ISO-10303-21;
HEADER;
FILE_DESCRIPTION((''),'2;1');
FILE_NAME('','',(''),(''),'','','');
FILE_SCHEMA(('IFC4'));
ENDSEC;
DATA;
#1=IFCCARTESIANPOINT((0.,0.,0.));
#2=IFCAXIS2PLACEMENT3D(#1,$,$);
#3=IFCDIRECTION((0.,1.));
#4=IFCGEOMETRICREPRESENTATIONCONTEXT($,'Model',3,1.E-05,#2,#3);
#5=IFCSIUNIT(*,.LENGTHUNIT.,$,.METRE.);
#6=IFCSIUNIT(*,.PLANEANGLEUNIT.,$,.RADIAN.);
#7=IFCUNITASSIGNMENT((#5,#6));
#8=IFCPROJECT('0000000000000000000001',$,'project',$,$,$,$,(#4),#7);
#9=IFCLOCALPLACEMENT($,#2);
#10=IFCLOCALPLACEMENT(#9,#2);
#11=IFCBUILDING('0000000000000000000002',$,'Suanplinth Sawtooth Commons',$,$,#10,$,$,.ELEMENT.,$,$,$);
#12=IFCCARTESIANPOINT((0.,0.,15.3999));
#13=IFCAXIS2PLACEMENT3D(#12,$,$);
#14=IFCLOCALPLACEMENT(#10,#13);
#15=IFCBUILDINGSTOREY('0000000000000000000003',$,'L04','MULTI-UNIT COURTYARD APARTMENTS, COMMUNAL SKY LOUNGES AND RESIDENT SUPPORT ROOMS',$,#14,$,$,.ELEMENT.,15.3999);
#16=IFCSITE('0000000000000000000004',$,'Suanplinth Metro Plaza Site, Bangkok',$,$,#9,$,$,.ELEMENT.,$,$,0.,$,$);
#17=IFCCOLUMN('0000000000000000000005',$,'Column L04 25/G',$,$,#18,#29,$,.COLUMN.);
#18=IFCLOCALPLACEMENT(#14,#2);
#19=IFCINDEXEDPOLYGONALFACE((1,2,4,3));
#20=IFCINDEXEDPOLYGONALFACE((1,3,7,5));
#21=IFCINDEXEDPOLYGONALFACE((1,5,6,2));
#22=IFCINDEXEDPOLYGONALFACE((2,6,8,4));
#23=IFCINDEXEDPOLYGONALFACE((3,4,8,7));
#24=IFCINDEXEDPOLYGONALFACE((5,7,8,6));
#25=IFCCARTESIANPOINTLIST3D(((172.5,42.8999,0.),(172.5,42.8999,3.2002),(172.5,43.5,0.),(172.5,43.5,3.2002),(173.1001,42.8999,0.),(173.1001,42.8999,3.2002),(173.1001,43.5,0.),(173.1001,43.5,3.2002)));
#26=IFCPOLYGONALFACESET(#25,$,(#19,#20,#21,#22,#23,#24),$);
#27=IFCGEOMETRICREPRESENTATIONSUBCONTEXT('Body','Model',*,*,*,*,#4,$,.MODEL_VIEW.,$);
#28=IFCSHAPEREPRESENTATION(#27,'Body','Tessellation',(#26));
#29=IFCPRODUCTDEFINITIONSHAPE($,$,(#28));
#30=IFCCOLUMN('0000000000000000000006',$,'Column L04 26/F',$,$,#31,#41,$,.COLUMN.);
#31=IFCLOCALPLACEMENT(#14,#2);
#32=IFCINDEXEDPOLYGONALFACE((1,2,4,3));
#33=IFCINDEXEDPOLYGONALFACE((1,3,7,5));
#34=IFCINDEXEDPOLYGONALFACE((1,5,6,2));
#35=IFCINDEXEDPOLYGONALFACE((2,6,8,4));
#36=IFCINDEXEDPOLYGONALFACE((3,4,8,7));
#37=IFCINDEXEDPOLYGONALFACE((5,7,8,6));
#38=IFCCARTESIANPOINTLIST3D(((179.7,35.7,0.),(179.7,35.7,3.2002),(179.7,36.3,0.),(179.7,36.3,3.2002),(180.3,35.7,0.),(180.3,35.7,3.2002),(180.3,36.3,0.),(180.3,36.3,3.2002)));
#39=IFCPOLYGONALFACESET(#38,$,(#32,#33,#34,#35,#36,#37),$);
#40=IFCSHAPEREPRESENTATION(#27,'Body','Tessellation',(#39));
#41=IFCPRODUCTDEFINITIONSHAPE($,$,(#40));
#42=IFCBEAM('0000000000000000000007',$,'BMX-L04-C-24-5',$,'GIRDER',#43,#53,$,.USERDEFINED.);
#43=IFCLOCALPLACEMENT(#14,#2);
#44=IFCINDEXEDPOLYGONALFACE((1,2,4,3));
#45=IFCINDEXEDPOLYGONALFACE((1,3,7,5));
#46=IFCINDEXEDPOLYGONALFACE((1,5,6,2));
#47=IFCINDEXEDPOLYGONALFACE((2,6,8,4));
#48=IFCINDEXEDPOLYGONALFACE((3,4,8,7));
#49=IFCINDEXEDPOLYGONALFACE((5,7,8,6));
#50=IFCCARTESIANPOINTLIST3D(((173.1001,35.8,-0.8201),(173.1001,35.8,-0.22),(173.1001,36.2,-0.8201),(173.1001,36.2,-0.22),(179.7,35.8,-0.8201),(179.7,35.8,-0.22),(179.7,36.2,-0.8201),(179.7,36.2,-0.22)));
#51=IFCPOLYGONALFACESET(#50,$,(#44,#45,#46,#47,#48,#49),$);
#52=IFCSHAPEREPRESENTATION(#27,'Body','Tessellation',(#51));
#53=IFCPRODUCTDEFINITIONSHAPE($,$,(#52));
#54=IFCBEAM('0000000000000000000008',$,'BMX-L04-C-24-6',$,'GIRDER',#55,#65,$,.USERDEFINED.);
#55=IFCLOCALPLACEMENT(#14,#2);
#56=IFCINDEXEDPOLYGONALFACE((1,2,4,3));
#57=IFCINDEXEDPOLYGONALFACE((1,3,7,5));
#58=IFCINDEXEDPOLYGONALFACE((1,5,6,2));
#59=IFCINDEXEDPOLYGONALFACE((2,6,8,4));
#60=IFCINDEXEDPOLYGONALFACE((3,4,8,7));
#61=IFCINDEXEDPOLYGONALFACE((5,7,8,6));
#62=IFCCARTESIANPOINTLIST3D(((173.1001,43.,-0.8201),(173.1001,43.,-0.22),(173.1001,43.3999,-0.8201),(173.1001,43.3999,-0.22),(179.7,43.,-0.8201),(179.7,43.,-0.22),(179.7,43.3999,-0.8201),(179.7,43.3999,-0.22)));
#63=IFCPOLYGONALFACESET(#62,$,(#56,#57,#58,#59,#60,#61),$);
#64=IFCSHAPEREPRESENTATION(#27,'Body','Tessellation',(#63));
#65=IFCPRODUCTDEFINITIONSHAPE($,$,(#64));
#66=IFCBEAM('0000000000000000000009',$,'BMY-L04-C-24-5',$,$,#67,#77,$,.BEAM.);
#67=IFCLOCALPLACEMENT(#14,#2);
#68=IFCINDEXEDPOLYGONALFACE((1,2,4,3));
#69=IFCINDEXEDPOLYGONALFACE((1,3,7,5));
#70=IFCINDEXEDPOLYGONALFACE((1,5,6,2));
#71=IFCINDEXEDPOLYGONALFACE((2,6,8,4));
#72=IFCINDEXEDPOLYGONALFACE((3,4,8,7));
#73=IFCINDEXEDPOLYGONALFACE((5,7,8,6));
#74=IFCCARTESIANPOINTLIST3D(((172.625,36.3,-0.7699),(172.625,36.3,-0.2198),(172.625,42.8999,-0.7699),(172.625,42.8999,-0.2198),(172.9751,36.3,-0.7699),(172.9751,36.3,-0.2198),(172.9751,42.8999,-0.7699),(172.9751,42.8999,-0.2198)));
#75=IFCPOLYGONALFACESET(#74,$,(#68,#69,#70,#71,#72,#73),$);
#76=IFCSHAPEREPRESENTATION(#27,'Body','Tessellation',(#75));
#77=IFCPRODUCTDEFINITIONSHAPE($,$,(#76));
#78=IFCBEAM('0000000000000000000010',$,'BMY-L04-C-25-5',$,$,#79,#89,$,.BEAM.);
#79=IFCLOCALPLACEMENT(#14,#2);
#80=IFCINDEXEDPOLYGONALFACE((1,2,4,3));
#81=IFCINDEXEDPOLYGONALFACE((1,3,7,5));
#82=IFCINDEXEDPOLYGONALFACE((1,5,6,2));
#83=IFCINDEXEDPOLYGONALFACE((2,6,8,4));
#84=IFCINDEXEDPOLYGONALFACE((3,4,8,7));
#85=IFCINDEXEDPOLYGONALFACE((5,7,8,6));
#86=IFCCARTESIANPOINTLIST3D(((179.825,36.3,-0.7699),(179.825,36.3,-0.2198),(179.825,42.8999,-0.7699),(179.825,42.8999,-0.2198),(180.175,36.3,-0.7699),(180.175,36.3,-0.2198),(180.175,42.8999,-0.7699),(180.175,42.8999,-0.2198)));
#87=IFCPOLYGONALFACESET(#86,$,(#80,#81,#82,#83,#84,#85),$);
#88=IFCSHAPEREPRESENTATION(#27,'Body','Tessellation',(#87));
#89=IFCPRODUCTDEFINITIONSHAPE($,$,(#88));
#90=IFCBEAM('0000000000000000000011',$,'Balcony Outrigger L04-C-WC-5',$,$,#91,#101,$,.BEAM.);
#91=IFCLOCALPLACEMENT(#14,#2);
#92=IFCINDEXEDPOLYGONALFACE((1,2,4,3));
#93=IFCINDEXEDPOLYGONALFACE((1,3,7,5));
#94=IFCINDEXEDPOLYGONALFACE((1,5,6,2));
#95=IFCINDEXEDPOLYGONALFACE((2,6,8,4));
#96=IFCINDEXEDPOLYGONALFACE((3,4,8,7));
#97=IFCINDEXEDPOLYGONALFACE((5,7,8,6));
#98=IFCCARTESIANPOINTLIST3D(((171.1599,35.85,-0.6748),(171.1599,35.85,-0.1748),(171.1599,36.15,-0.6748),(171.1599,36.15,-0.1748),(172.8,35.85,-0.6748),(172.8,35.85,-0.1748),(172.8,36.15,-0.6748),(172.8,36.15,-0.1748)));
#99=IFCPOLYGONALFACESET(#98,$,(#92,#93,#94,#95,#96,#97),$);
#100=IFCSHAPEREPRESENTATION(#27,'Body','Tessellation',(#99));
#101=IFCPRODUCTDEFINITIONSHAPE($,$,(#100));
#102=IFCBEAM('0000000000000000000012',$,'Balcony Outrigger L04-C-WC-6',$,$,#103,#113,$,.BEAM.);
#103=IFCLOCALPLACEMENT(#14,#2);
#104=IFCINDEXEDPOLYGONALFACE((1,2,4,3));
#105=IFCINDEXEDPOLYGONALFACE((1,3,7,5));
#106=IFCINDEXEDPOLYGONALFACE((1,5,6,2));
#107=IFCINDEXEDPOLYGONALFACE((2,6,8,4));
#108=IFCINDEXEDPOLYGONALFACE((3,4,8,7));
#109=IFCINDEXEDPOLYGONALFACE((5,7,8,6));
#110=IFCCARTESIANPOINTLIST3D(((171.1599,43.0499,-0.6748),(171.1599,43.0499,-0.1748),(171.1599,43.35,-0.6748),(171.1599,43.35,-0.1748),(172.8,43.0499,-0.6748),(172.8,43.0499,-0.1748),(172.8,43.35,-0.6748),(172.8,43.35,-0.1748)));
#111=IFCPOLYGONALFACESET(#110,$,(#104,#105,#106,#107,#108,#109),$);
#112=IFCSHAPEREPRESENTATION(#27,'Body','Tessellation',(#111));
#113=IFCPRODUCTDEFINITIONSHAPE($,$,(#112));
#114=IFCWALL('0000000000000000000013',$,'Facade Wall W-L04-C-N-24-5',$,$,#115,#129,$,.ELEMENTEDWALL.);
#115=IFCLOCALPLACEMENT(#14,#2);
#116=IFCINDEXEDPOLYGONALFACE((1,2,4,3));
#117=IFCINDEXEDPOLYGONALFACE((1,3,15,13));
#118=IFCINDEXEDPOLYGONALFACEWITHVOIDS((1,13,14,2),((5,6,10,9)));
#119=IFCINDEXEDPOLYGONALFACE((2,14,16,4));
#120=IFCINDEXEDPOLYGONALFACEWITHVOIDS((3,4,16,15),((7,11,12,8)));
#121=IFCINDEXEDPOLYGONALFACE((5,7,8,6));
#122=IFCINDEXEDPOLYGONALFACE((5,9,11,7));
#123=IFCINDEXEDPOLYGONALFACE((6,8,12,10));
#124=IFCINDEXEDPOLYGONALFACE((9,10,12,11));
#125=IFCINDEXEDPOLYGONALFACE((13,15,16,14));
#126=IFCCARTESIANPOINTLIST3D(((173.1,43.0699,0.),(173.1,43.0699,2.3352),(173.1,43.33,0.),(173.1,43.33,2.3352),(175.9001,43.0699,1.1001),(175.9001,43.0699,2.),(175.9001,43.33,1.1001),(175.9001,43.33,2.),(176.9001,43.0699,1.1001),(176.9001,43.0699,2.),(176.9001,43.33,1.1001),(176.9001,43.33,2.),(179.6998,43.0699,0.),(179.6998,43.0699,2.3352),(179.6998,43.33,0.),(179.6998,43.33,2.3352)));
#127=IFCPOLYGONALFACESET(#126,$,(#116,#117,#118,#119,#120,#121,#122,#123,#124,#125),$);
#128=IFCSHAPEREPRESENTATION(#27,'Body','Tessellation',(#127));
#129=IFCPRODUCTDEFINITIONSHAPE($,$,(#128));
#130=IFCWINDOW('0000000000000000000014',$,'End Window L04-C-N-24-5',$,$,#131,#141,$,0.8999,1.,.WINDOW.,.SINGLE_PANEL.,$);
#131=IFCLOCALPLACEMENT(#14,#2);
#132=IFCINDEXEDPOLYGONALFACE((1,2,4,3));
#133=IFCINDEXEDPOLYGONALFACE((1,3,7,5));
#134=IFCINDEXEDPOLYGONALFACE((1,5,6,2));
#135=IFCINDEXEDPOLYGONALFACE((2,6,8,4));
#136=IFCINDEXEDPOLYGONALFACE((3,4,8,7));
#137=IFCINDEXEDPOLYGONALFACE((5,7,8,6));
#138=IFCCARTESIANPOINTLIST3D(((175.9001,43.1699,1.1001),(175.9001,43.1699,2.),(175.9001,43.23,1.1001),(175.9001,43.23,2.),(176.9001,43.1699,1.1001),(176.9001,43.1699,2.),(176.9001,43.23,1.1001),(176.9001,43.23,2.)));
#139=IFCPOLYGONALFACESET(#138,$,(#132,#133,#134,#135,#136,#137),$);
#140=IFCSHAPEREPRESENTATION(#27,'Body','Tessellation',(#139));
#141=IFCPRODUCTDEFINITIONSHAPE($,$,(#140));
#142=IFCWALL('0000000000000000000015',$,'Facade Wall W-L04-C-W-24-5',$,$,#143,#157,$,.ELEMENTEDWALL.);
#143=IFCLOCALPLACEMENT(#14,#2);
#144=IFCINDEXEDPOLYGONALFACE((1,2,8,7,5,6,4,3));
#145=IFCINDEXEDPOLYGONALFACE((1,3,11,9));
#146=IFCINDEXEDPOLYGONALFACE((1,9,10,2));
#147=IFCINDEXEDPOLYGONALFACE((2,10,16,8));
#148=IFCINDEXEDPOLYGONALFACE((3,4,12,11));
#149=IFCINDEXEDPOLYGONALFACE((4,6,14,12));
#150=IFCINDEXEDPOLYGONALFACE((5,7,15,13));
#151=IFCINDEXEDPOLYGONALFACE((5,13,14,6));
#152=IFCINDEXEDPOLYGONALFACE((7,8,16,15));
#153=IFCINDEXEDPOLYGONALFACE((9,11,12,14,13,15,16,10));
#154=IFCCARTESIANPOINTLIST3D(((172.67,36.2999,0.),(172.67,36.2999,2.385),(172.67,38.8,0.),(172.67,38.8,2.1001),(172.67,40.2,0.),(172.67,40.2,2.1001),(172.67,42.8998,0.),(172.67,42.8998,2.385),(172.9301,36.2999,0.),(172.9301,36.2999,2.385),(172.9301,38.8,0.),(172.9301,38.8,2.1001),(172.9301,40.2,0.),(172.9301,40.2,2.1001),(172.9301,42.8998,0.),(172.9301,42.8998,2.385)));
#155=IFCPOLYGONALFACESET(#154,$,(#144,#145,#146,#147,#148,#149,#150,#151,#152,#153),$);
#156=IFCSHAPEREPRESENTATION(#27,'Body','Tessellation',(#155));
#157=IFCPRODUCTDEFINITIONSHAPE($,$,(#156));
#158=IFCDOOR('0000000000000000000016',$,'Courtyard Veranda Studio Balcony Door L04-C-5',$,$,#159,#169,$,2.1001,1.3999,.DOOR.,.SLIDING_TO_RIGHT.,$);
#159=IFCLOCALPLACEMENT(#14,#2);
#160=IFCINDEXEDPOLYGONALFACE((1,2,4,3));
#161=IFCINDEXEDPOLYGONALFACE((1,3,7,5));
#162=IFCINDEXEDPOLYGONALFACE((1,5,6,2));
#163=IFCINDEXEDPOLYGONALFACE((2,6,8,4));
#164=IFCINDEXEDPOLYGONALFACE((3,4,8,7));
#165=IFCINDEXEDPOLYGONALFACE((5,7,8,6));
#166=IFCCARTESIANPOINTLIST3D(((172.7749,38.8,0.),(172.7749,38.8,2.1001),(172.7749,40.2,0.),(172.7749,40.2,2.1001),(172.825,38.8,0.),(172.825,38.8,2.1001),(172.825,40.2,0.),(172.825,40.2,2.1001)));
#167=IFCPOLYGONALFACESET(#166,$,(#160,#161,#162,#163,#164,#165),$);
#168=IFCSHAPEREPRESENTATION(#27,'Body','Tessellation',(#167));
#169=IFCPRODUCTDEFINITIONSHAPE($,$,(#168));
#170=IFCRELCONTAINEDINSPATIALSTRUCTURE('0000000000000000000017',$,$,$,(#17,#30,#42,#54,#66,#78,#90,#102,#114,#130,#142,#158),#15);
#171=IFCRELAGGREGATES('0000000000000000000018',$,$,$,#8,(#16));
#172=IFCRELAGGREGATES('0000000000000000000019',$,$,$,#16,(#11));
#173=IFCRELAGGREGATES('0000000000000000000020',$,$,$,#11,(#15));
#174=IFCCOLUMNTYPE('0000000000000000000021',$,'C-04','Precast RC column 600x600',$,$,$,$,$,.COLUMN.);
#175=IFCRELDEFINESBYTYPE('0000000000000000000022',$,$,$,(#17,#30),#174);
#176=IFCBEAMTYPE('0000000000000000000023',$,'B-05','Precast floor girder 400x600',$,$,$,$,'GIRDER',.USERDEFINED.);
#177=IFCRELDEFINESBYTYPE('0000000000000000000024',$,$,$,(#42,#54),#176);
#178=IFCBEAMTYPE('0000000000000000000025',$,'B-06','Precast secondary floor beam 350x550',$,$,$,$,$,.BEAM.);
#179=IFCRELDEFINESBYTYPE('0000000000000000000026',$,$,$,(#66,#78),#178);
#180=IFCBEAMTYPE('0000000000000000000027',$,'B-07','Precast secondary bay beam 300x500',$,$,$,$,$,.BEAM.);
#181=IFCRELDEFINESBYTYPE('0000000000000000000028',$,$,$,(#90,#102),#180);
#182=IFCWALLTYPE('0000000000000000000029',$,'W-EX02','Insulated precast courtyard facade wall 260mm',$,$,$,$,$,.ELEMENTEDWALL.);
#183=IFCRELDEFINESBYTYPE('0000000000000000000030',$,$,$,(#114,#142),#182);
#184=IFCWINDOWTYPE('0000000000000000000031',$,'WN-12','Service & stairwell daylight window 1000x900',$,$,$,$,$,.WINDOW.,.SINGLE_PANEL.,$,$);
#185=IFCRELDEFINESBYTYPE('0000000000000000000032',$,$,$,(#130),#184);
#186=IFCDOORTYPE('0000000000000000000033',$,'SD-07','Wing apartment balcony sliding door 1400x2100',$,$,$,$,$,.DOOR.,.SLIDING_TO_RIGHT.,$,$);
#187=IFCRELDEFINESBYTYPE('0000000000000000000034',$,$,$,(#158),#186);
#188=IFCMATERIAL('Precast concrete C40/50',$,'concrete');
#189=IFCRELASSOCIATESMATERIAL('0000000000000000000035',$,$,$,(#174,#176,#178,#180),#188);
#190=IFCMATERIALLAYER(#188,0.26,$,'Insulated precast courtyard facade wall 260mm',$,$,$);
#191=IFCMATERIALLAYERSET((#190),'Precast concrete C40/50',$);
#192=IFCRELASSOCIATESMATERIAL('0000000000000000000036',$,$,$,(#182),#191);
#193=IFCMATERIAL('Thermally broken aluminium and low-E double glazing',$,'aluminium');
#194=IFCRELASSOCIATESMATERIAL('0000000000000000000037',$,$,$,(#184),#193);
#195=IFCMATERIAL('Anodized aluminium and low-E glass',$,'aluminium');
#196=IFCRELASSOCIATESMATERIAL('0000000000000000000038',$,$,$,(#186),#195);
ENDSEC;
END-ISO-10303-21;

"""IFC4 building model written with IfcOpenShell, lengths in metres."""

from ifc_helpers import new_model, si_unit, direction, frame, frame_2d, origin, origin_2d, place, context, subcontext, project, spatial, rectangle, extrude, material, layer, layer_set, material_profile, profile_set, type_object, element, fill, save


model = new_model("IFC4")

# Units and contexts
model_context = context("Model", 3, precision=1e-05, world=origin(), true_north=direction((0.0, 1.0)))
body_context = subcontext(model_context, "Body", "Model", "MODEL_VIEW")
ifc_project = project(units=[si_unit("LENGTHUNIT", "METRE"), si_unit("PLANEANGLEUNIT", "RADIAN")], contexts=[model_context])

# Site, building, storey
site_placement = place(None, origin())
site = spatial("IfcSite", under=ifc_project, at=site_placement, Name="Suanplinth Metro Plaza Site, Bangkok", CompositionType="ELEMENT", RefElevation=0.0)
building_placement = place(site_placement, origin())
building = spatial("IfcBuilding", under=site, at=building_placement, Name="Suanplinth Sawtooth Commons", CompositionType="ELEMENT")
storey_placement = place(building_placement, frame((0.0, 0.0, 15.3999)))
storey = spatial("IfcBuildingStorey", under=building, at=storey_placement, Name="L04", Description="MULTI-UNIT COURTYARD APARTMENTS, COMMUNAL SKY LOUNGES AND RESIDENT SUPPORT ROOMS", CompositionType="ELEMENT", Elevation=15.3999)

# Columns
ifc_material_1 = material(Name="Precast concrete C40/50", Category="concrete")
ifc_material_profile_1 = material_profile(ifc_material_1, rectangle(XDim=0.6001, YDim=0.6001, at=origin_2d()), Name="PC-COL 600x600")
ifc_profile_set_1 = profile_set([ifc_material_profile_1], Name="Precast concrete C40/50")
column_type = type_object("IfcColumnType", Name="C-04", Description="Precast RC column 600x600", PredefinedType="COLUMN", material=ifc_profile_set_1)
for number, where, z_axis, x_axis, name in (
    (1, (172.8, 43.2, 0.0), (0.0, 0.0, 1.0), (1.0, 0.0, 0.0), "Column L04 25/G"),
    (2, (180.0, 36.0, 0.0), (0.0, 0.0, 1.0), (1.0, 0.0, 0.0), "Column L04 26/F"),
):
    element("IfcColumn", number, at=place(storey_placement, frame(where, z_axis=z_axis, x_axis=x_axis)), inside=storey, type_object=column_type, Name=name, PredefinedType="COLUMN", context=body_context, shape_type="SweptSolid", body=[
        extrude(rectangle(XDim=0.6001, YDim=0.6001, at=origin_2d()), origin(), (0.0, 0.0, 1.0), 3.2002),
    ])

# Beams
ifc_material_profile_2 = material_profile(ifc_material_1, rectangle(XDim=0.3999, YDim=0.6001, at=origin_2d()), Name="PC-GDR 400x600")
ifc_profile_set_2 = profile_set([ifc_material_profile_2], Name="Precast concrete C40/50")
beam_type_1 = type_object("IfcBeamType", Name="B-05", Description="Precast floor girder 400x600", ElementType="GIRDER", PredefinedType="USERDEFINED", material=ifc_profile_set_2)
for number, where, z_axis, x_axis, name in (
    (3, (173.1001, 36.0, -0.52), (1.0, 0.0, 0.0), (0.0, 1.0, 0.0), "BMX-L04-C-24-5"),
    (4, (173.1001, 43.2, -0.52), (1.0, 0.0, 0.0), (0.0, 1.0, 0.0), "BMX-L04-C-24-6"),
):
    element("IfcBeam", number, at=place(storey_placement, frame(where, z_axis=z_axis, x_axis=x_axis)), inside=storey, type_object=beam_type_1, Name=name, ObjectType="GIRDER", PredefinedType="USERDEFINED", context=body_context, shape_type="SweptSolid", body=[
        extrude(rectangle(XDim=0.3999, YDim=0.6001, at=origin_2d()), origin(), (0.0, 0.0, 1.0), 6.5999),
    ])
ifc_material_profile_3 = material_profile(ifc_material_1, rectangle(XDim=0.3501, YDim=0.55, at=origin_2d()), Name="PC-BM 350x550")
ifc_profile_set_3 = profile_set([ifc_material_profile_3], Name="Precast concrete C40/50")
beam_type_2 = type_object("IfcBeamType", Name="B-06", Description="Precast secondary floor beam 350x550", PredefinedType="BEAM", material=ifc_profile_set_3)
for number, where, z_axis, x_axis, name in (
    (5, (172.8, 36.3, -0.4949), (0.0, 1.0, 0.0), (-1.0, 0.0, 0.0), "BMY-L04-C-24-5"),
    (6, (180.0, 36.3, -0.4949), (0.0, 1.0, 0.0), (-1.0, 0.0, 0.0), "BMY-L04-C-25-5"),
):
    element("IfcBeam", number, at=place(storey_placement, frame(where, z_axis=z_axis, x_axis=x_axis)), inside=storey, type_object=beam_type_2, Name=name, PredefinedType="BEAM", context=body_context, shape_type="SweptSolid", body=[
        extrude(rectangle(XDim=0.3501, YDim=0.55, at=origin_2d()), origin(), (0.0, 0.0, 1.0), 6.5999),
    ])
ifc_material_profile_4 = material_profile(ifc_material_1, rectangle(XDim=0.3, YDim=0.5, at=origin_2d()), Name="PC-BM 300x500")
ifc_profile_set_4 = profile_set([ifc_material_profile_4], Name="Precast concrete C40/50")
beam_type_3 = type_object("IfcBeamType", Name="B-07", Description="Precast secondary bay beam 300x500", PredefinedType="BEAM", material=ifc_profile_set_4)
for number, where, z_axis, x_axis, name in (
    (7, (172.8, 36.0, -0.4248), (-1.0, 0.0, 0.0), (0.0, -1.0, 0.0), "Balcony Outrigger L04-C-WC-5"),
    (8, (172.8, 43.2, -0.4248), (-1.0, 0.0, 0.0), (0.0, -1.0, 0.0), "Balcony Outrigger L04-C-WC-6"),
):
    element("IfcBeam", number, at=place(storey_placement, frame(where, z_axis=z_axis, x_axis=x_axis)), inside=storey, type_object=beam_type_3, Name=name, PredefinedType="BEAM", context=body_context, shape_type="SweptSolid", body=[
        extrude(rectangle(XDim=0.3, YDim=0.5, at=origin_2d()), origin(), (0.0, 0.0, 1.0), 1.6401),
    ])

# Wall, opening, window
ifc_layer_1 = layer(ifc_material_1, 0.26, Name="Insulated precast courtyard facade wall 260mm")
ifc_layer_set_1 = layer_set([ifc_layer_1], Name="Precast concrete C40/50")
wall_type_1 = type_object("IfcWallType", Name="W-EX02", Description="Insulated precast courtyard facade wall 260mm", PredefinedType="ELEMENTEDWALL", material=ifc_layer_set_1)
wall_1_placement = place(storey_placement, frame((173.1001, 43.2, 0.0), z_axis=(0.0, 0.0, 1.0), x_axis=(1.0, 0.0, 0.0)))
wall_1 = element("IfcWall", 9, at=wall_1_placement, inside=storey, type_object=wall_type_1, Name="Facade Wall W-L04-C-N-24-5", PredefinedType="ELEMENTEDWALL", context=body_context, shape_type="SweptSolid", body=[
    extrude(rectangle(XDim=6.5999, YDim=0.26, at=frame_2d((3.2998, 0.0))), origin(), (0.0, 0.0, 1.0), 2.3352),
])
opening_1_placement = place(wall_1_placement, frame((2.8, 0.0, 1.1001)))
opening_1 = element("IfcOpeningElement", 10, at=opening_1_placement, cuts=wall_1, PredefinedType="OPENING", context=body_context, shape_type="SweptSolid", body=[
    extrude(rectangle(XDim=1.0, YDim=0.8999, at=frame_2d((0.5, 0.45))), frame((0.0, 0.145, 0.0), z_axis=(0.0, -1.0, 0.0), x_axis=(1.0, 0.0, 0.0)), (0.0, 0.0, 1.0), 0.2898),
])
ifc_material_2 = material(Name="Thermally broken aluminium and low-E double glazing", Category="aluminium")
window_type = type_object("IfcWindowType", Name="WN-12", Description="Service & stairwell daylight window 1000x900", PartitioningType="SINGLE_PANEL", PredefinedType="WINDOW", material=ifc_material_2)
window_placement = place(opening_1_placement, origin())
window = element("IfcWindow", 11, at=window_placement, inside=storey, type_object=window_type, Name="End Window L04-C-N-24-5", OverallHeight=0.8999, OverallWidth=1.0, PartitioningType="SINGLE_PANEL", PredefinedType="WINDOW", context=body_context, shape_type="SweptSolid", body=[
    extrude(rectangle(XDim=1.0, YDim=0.8999, at=frame_2d((0.5, 0.45))), frame((0.0, 0.03, 0.0), z_axis=(0.0, -1.0, 0.0), x_axis=(1.0, 0.0, 0.0)), (0.0, 0.0, 1.0), 0.0601),
])
fill(opening_1, window)

# Wall, opening, door
wall_2_placement = place(storey_placement, frame((172.8, 36.3, 0.0), z_axis=(0.0, 0.0, 1.0), x_axis=(0.0, 1.0, 0.0)))
wall_2 = element("IfcWall", 12, at=wall_2_placement, inside=storey, type_object=wall_type_1, Name="Facade Wall W-L04-C-W-24-5", PredefinedType="ELEMENTEDWALL", context=body_context, shape_type="SweptSolid", body=[
    extrude(rectangle(XDim=6.5999, YDim=0.26, at=frame_2d((3.2998, 0.0))), origin(), (0.0, 0.0, 1.0), 2.385),
])
opening_2_placement = place(wall_2_placement, frame((2.5, 0.0, 0.0)))
opening_2 = element("IfcOpeningElement", 13, at=opening_2_placement, cuts=wall_2, PredefinedType="OPENING", context=body_context, shape_type="SweptSolid", body=[
    extrude(rectangle(XDim=1.3999, YDim=2.1001, at=frame_2d((0.7, 1.05))), frame((0.0, 0.145, 0.0), z_axis=(0.0, -1.0, 0.0), x_axis=(1.0, 0.0, 0.0)), (0.0, 0.0, 1.0), 0.2898),
])
ifc_material_3 = material(Name="Anodized aluminium and low-E glass", Category="aluminium")
door_type_1 = type_object("IfcDoorType", Name="SD-07", Description="Wing apartment balcony sliding door 1400x2100", OperationType="SLIDING_TO_RIGHT", PredefinedType="DOOR", material=ifc_material_3)
door_1_placement = place(opening_2_placement, frame((1.3999, 0.0, 0.0), z_axis=(0.0, 0.0, 1.0), x_axis=(-1.0, 0.0, 0.0)))
door_1 = element("IfcDoor", 14, at=door_1_placement, inside=storey, type_object=door_type_1, Name="Courtyard Veranda Studio Balcony Door L04-C-5", OperationType="SLIDING_TO_RIGHT", OverallHeight=2.1001, OverallWidth=1.3999, PredefinedType="DOOR", context=body_context, shape_type="SweptSolid", body=[
    extrude(rectangle(XDim=1.3999, YDim=2.1001, at=frame_2d((0.7, 1.05))), frame((0.0, 0.0249, 0.0), z_axis=(0.0, -1.0, 0.0), x_axis=(1.0, 0.0, 0.0)), (0.0, 0.0, 1.0), 0.05),
])
fill(opening_2, door_1)

save(model, "model.ifc")
